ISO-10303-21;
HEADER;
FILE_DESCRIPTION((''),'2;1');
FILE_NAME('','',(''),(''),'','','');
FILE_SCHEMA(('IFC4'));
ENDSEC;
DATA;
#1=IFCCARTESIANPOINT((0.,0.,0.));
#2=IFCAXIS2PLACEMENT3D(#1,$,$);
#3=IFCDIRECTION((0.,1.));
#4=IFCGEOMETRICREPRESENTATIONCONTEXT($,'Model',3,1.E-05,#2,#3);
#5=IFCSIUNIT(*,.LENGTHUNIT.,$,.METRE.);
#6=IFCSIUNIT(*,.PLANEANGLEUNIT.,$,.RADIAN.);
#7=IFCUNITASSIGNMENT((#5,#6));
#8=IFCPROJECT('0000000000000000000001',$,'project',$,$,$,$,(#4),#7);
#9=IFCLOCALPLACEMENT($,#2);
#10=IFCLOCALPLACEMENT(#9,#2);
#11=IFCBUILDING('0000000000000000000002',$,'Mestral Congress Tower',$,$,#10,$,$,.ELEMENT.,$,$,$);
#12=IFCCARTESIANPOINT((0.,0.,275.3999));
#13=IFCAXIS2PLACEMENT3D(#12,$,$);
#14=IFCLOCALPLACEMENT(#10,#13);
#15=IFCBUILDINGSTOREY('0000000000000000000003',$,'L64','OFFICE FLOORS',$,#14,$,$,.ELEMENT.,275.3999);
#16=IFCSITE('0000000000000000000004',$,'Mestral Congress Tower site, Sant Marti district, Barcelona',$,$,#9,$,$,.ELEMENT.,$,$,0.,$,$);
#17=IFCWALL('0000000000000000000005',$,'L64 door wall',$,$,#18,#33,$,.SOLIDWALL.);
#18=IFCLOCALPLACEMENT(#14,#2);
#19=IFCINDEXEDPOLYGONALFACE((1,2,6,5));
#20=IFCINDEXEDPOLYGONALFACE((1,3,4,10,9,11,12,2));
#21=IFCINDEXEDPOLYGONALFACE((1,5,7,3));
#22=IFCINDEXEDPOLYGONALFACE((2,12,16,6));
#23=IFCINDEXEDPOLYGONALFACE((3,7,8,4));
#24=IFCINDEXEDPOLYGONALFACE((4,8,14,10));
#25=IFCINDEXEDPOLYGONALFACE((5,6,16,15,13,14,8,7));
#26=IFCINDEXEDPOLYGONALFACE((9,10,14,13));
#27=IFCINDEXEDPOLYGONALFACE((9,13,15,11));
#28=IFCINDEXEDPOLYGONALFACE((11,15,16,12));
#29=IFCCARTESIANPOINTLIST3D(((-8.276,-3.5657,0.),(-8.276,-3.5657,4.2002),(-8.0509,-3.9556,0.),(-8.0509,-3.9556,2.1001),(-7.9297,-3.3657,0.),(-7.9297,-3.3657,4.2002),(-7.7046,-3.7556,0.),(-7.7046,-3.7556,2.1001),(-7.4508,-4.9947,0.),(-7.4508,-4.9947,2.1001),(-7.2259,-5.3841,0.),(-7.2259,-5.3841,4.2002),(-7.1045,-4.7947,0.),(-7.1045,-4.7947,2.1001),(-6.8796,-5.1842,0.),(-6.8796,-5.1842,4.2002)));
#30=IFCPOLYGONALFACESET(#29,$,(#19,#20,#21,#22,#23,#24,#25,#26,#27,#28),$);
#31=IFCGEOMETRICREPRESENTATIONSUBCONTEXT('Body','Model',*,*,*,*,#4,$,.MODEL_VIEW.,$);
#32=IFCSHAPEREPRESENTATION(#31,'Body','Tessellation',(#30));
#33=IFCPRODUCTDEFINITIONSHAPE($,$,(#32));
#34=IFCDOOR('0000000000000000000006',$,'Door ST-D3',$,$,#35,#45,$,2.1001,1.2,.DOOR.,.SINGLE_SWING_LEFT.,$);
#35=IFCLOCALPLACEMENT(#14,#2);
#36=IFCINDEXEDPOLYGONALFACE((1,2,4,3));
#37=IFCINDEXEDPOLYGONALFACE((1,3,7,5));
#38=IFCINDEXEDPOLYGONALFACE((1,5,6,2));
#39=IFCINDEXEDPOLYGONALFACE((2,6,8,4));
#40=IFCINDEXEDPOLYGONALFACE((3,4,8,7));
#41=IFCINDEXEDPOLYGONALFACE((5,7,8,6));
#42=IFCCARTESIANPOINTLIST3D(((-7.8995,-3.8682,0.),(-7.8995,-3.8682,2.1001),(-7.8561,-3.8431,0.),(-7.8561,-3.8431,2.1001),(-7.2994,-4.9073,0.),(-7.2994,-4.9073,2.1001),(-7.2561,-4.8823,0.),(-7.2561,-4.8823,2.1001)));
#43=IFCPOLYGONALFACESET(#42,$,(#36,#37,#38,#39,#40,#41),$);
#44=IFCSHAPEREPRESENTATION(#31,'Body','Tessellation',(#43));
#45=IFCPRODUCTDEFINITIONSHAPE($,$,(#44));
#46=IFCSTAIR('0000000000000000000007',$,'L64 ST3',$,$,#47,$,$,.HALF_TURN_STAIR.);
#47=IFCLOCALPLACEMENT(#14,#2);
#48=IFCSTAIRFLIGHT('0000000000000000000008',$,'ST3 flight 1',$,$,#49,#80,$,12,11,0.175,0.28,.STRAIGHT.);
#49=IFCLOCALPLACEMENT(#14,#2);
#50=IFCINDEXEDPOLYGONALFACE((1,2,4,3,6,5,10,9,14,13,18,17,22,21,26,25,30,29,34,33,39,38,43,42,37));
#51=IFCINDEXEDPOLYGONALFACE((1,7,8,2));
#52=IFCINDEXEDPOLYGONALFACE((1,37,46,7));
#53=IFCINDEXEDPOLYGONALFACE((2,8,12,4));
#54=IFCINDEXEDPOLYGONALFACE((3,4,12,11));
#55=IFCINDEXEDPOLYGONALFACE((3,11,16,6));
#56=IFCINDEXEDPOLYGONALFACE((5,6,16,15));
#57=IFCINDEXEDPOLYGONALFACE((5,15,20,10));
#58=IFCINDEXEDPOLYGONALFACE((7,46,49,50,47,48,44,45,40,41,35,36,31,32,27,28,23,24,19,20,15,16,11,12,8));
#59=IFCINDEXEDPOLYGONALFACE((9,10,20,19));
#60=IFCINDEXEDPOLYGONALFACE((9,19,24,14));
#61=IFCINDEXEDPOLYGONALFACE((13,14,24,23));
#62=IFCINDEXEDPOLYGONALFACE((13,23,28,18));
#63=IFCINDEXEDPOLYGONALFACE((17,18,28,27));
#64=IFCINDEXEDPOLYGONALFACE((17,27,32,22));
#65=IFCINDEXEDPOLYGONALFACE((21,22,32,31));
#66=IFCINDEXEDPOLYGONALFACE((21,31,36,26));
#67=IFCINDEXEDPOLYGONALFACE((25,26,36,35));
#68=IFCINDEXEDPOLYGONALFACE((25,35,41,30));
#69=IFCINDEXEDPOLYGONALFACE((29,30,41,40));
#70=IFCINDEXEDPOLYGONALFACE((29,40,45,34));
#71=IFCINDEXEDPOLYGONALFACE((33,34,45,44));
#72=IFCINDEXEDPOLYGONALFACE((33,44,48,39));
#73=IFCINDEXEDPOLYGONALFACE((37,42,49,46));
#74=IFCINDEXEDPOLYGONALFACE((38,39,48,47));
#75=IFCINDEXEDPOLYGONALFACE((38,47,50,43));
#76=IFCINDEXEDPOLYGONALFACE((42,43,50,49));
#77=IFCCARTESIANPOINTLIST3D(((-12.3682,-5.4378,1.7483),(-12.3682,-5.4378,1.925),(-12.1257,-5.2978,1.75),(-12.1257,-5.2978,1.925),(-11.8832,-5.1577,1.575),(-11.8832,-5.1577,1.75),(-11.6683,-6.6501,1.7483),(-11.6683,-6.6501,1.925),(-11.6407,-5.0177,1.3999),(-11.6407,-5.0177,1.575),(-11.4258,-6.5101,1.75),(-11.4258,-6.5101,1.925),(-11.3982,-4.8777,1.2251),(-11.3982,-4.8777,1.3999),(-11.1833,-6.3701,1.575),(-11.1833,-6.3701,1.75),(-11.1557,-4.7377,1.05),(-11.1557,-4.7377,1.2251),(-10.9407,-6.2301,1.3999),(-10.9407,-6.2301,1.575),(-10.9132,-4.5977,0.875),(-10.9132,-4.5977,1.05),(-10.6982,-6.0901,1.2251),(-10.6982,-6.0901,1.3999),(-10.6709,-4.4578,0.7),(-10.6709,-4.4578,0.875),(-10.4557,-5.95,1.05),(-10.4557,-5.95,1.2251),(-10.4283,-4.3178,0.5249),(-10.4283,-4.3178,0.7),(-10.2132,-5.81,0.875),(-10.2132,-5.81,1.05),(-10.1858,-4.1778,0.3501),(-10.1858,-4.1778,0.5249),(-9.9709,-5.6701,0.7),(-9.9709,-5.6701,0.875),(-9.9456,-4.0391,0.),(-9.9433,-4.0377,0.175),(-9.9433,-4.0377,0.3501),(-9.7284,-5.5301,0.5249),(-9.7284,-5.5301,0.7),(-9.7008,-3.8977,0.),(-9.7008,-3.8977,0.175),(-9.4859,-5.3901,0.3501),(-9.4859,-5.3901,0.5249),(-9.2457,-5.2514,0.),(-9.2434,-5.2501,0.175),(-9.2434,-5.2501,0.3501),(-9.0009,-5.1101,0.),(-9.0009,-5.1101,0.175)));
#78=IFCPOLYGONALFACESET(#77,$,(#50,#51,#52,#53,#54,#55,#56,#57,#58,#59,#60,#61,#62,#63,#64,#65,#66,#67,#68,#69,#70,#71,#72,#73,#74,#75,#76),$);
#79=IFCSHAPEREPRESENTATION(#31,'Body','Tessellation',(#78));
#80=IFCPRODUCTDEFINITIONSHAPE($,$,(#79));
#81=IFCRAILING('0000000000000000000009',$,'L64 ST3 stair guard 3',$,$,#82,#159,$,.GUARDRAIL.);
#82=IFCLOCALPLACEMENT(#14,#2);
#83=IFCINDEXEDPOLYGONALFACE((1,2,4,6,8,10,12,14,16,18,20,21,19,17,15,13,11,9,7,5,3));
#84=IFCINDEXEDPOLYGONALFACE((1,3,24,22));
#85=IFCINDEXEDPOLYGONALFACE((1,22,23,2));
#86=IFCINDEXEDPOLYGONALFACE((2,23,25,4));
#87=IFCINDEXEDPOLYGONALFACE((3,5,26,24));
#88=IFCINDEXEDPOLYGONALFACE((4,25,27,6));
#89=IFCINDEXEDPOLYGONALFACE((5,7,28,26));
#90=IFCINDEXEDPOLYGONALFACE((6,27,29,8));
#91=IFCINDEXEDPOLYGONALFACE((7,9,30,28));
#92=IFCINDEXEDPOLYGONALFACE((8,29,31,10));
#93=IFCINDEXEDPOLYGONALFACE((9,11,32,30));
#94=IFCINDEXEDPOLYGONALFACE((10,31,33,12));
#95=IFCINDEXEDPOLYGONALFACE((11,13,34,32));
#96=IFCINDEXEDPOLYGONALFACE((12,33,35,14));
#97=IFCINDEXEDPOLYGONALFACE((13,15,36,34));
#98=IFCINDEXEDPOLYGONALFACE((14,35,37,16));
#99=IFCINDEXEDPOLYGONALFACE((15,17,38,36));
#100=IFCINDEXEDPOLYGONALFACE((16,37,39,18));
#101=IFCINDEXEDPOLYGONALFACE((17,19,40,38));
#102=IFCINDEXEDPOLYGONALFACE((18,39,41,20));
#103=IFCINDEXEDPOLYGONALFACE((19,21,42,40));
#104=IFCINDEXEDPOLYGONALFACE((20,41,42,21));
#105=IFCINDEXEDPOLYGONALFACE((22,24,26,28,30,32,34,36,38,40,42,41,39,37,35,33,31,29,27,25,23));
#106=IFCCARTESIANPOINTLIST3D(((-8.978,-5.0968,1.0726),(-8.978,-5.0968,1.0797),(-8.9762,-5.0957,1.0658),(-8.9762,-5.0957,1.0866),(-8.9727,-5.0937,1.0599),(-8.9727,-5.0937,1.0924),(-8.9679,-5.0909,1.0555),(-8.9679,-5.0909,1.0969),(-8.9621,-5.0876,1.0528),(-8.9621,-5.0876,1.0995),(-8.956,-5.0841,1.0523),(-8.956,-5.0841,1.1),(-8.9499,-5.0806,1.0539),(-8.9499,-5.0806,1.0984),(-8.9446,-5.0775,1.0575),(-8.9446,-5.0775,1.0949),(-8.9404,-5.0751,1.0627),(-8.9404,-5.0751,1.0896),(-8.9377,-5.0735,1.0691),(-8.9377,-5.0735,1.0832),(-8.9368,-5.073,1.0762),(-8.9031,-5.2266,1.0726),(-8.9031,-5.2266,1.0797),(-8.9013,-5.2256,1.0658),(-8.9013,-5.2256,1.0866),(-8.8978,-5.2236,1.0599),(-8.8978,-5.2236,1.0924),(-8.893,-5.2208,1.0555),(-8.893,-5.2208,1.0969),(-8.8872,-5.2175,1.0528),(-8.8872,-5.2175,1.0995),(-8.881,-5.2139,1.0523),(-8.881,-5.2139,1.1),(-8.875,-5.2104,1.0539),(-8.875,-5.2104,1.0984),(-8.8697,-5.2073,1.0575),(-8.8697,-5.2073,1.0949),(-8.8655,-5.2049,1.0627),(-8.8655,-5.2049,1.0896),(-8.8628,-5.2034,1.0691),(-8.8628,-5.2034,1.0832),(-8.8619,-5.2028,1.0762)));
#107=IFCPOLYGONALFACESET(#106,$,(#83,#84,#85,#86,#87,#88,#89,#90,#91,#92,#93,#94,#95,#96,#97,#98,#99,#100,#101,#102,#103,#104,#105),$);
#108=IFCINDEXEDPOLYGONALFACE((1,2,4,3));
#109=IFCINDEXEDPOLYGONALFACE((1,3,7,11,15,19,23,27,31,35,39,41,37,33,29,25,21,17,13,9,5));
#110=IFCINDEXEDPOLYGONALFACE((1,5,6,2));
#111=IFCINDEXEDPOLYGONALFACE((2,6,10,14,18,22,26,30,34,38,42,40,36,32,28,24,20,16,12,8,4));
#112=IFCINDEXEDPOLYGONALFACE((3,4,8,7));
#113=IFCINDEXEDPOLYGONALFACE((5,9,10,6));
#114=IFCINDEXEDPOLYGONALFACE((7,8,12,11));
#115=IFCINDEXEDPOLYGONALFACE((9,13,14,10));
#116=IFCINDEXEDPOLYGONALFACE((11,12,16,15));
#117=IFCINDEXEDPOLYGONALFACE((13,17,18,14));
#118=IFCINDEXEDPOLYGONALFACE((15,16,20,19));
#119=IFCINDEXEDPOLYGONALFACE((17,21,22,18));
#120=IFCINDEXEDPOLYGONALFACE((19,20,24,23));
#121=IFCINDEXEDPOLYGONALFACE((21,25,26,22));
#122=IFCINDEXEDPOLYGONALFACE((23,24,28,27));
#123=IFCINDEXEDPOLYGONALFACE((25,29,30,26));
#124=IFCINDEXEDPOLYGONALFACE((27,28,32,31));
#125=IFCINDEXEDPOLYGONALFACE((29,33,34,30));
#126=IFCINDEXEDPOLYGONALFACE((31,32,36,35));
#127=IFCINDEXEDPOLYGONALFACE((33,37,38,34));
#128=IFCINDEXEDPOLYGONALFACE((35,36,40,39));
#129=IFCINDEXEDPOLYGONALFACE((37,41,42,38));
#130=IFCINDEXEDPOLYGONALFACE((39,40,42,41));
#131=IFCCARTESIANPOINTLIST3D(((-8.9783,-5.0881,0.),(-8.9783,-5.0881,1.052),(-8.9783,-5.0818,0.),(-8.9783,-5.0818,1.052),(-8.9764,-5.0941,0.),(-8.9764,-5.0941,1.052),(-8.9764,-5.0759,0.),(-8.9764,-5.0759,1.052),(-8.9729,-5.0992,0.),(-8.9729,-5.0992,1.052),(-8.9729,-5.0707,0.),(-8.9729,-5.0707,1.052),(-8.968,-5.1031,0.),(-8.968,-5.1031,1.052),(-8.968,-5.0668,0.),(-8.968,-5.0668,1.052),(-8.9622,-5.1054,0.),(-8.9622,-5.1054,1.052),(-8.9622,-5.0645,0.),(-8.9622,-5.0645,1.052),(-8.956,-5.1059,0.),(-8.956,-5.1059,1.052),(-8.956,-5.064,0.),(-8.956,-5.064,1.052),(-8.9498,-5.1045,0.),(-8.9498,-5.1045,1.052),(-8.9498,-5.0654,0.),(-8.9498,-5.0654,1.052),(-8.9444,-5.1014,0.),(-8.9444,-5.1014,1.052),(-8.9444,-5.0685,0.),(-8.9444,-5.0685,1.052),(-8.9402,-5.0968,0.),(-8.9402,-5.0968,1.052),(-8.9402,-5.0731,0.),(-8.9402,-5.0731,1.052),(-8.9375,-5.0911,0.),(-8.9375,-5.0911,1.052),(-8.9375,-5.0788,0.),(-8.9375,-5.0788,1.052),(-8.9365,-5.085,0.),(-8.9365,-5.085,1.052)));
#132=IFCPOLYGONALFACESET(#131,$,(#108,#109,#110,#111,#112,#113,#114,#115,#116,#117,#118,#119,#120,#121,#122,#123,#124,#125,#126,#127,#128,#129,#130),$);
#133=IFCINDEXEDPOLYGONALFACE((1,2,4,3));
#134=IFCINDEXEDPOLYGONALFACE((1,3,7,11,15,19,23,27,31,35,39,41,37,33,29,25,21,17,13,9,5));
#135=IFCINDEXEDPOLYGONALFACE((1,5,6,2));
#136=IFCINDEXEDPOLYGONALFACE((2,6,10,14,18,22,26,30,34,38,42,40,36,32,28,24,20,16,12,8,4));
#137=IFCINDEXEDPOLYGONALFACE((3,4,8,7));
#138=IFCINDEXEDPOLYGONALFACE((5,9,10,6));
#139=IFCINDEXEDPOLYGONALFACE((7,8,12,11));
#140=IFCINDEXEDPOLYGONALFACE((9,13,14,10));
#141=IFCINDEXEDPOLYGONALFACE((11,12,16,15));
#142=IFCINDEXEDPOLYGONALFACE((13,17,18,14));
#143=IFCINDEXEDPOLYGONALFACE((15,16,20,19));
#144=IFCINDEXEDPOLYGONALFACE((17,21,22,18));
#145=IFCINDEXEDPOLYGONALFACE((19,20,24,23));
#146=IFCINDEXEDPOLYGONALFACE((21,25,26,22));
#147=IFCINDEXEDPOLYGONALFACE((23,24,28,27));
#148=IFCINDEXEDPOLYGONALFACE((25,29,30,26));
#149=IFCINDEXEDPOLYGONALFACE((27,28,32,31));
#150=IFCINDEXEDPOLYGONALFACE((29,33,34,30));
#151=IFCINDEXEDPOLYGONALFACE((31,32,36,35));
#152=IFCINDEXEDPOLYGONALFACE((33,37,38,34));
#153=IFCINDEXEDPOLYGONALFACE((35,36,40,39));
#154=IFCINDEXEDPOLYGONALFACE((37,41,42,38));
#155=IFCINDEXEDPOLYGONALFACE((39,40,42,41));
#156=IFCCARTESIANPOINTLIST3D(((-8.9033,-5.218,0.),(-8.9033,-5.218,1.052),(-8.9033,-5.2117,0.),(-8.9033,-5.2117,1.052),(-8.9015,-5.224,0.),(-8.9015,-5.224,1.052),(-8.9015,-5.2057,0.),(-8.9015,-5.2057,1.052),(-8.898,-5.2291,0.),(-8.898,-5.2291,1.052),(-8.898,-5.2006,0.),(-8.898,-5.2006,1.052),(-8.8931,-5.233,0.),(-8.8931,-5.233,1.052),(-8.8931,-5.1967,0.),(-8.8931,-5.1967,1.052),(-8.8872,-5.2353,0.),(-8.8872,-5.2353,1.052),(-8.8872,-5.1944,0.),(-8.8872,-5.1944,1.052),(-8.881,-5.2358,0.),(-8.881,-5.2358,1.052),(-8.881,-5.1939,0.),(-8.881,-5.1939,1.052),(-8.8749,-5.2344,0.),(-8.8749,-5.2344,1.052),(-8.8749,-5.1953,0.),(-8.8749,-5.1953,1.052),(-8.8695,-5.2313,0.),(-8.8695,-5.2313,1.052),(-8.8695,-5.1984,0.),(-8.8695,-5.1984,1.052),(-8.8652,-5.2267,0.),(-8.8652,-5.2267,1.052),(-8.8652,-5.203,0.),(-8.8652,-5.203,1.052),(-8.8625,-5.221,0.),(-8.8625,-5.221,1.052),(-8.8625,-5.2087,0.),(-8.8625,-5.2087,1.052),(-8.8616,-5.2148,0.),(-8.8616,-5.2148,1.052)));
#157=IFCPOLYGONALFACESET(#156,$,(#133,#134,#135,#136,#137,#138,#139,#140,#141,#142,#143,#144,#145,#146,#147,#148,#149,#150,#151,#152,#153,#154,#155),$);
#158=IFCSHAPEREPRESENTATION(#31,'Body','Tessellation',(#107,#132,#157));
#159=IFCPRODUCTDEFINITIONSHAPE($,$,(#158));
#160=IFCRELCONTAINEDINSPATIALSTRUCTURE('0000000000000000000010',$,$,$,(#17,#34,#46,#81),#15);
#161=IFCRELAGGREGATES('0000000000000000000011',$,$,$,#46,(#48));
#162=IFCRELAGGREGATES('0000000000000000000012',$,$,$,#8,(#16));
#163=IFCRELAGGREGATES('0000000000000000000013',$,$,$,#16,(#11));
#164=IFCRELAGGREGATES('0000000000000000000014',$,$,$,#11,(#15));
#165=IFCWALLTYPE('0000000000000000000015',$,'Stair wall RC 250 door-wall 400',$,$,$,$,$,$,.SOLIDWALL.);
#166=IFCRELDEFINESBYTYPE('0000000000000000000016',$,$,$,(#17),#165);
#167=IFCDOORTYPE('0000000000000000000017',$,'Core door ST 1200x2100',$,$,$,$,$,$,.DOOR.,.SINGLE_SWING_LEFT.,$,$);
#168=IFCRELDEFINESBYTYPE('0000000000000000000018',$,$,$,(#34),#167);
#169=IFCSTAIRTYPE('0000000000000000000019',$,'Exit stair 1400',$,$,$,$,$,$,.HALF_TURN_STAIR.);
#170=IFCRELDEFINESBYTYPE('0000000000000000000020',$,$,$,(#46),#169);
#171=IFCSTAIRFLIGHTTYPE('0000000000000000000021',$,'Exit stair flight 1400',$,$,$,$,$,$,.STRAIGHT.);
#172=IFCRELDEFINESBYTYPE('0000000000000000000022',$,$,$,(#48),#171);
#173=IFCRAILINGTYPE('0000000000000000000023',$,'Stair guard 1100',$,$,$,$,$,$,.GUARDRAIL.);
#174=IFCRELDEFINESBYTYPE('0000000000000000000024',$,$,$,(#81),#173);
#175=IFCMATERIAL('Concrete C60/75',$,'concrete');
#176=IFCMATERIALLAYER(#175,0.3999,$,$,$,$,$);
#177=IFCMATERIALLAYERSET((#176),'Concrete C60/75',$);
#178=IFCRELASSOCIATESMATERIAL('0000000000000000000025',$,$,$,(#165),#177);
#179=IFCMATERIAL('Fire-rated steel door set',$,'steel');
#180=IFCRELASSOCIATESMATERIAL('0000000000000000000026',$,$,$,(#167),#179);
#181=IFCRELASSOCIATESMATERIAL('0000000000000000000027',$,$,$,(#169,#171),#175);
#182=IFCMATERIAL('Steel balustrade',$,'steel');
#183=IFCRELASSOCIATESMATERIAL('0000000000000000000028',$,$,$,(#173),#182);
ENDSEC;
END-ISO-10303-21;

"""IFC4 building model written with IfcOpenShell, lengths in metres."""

from ifc_helpers import new_model, si_unit, direction, frame, frame_2d, origin, origin_2d, place, context, subcontext, project, spatial, polyline, rectangle, circle, outline, extrude, material, layer, layer_set, type_object, element, fill, aggregate, save


model = new_model("IFC4")

# Units and contexts
model_context = context("Model", 3, precision=1e-05, world=origin(), true_north=direction((0.0, 1.0)))
body_context = subcontext(model_context, "Body", "Model", "MODEL_VIEW")
ifc_project = project(units=[si_unit("LENGTHUNIT", "METRE"), si_unit("PLANEANGLEUNIT", "RADIAN")], contexts=[model_context])

# Site, building, storey
site_placement = place(None, origin())
site = spatial("IfcSite", under=ifc_project, at=site_placement, Name="Mestral Congress Tower site, Sant Marti district, Barcelona", CompositionType="ELEMENT", RefElevation=0.0)
building_placement = place(site_placement, origin())
building = spatial("IfcBuilding", under=site, at=building_placement, Name="Mestral Congress Tower", CompositionType="ELEMENT")
storey_placement = place(building_placement, frame((0.0, 0.0, 275.3999)))
storey = spatial("IfcBuildingStorey", under=building, at=storey_placement, Name="L64", Description="OFFICE FLOORS", CompositionType="ELEMENT", Elevation=275.3999)

# Shared definitions
ifc_material_1 = material(Name="Fire-rated steel door set", Category="steel")

# Shared definitions
ifc_material_2 = material(Name="Concrete C60/75", Category="concrete")

# Wall, opening, door
ifc_layer_1 = layer(ifc_material_2, 0.3999)
ifc_layer_set_1 = layer_set([ifc_layer_1], Name="Concrete C60/75")
wall_type_1 = type_object("IfcWallType", Name="Stair wall RC 250 door-wall 400", PredefinedType="SOLIDWALL", material=ifc_layer_set_1)
wall_1_placement = place(storey_placement, frame((-8.1028, -3.4658, 0.0), z_axis=(0.0, 0.0, 1.0), x_axis=(0.500078, -0.86598, 0.0)))
wall_1 = element("IfcWall", 1, at=wall_1_placement, inside=storey, type_object=wall_type_1, Name="L64 door wall", PredefinedType="SOLIDWALL", context=body_context, shape_type="SweptSolid", body=[
    extrude(rectangle(XDim=2.0999, YDim=0.3999, at=frame_2d((1.0498, 0.0))), origin(), (0.0, 0.0, 1.0), 4.2002),
])
opening_1_placement = place(wall_1_placement, frame((0.45, 0.0, 0.0)))
opening_1 = element("IfcOpeningElement", 2, at=opening_1_placement, cuts=wall_1, PredefinedType="OPENING", context=body_context, shape_type="SweptSolid", body=[
    extrude(rectangle(XDim=1.2, YDim=2.1001, at=frame_2d((0.6001, 1.05))), frame((0.0, 0.21, 0.0), z_axis=(0.0, -1.0, 0.0), x_axis=(1.0, 0.0, 0.0)), (0.0, 0.0, 1.0), 0.4199),
])
door_type_1 = type_object("IfcDoorType", Name="Core door ST 1200x2100", OperationType="SINGLE_SWING_LEFT", PredefinedType="DOOR", material=ifc_material_1)
door_1_placement = place(opening_1_placement, origin())
door_1 = element("IfcDoor", 3, at=door_1_placement, inside=storey, type_object=door_type_1, Name="Door ST-D3", OperationType="SINGLE_SWING_LEFT", OverallHeight=2.1001, OverallWidth=1.2, PredefinedType="DOOR", context=body_context, shape_type="SweptSolid", body=[
    extrude(rectangle(XDim=1.2, YDim=2.1001, at=frame_2d((0.6001, 1.05))), frame((0.0, 0.0249, 0.0), z_axis=(0.0, -1.0, 0.0), x_axis=(1.0, 0.0, 0.0)), (0.0, 0.0, 1.0), 0.05),
])
fill(opening_1, door_1)

# Stair, stair flight
stair_type = type_object("IfcStairType", Name="Exit stair 1400", PredefinedType="HALF_TURN_STAIR", material=ifc_material_2)
stair_placement = place(storey_placement, origin())
stair = element("IfcStair", 4, at=stair_placement, inside=storey, type_object=stair_type, Name="L64 ST3", PredefinedType="HALF_TURN_STAIR")
stair_flight_type = type_object("IfcStairFlightType", Name="Exit stair flight 1400", PredefinedType="STRAIGHT", material=ifc_material_2)
stair_flight_placement = place(storey_placement, frame((-9.3508, -4.5039, 0.0), z_axis=(0.0, 0.0, 1.0), x_axis=(-0.866025, -0.5, 0.0)))
stair_flight = element("IfcStairFlight", 5, at=stair_flight_placement, type_object=stair_flight_type, Name="ST3 flight 1", NumberOfRisers=12, NumberOfTreads=11, PredefinedType="STRAIGHT", RiserHeight=0.175, TreadLength=0.28, context=body_context, shape_type="SweptSolid", body=[
    extrude(outline(polyline([(0.0, 0.0), (0.0, 0.175), (0.28, 0.175), (0.28, 0.3501), (0.5601, 0.3501), (0.5601, 0.5249), (0.8401, 0.5249), (0.8401, 0.7), (1.1201, 0.7), (1.1201, 0.875), (1.3999, 0.875), (1.3999, 1.05), (1.6799, 1.05), (1.6799, 1.2251), (1.96, 1.2251), (1.96, 1.3999), (2.24, 1.3999), (2.24, 1.575), (2.52, 1.575), (2.52, 1.75), (2.8, 1.75), (2.8, 1.925), (3.0801, 1.925), (3.0801, 2.1001), (3.0801, 1.7483), (0.2827, 0.0), (0.0, 0.0)])), frame((0.0, 0.7, 0.0), z_axis=(0.0, -1.0, 0.0), x_axis=(1.0, 0.0, 0.0)), (0.0, 0.0, 1.0), 1.3999),
])
aggregate(stair, [stair_flight])

# Railing
ifc_material_3 = material(Name="Steel balustrade", Category="steel")
railing_type_1 = type_object("IfcRailingType", Name="Stair guard 1100", PredefinedType="GUARDRAIL", material=ifc_material_3)
railing_1_placement = place(storey_placement, frame((-8.9575, -5.085, 0.0)))
element("IfcRailing", 6, at=railing_1_placement, inside=storey, type_object=railing_type_1, Name="L64 ST3 stair guard 3", PredefinedType="GUARDRAIL", context=body_context, shape_type="SweptSolid", body=[
    extrude(circle(Radius=0.0239, at=origin_2d()), frame((0.0, 0.0, 1.0762), z_axis=(0.499816, -0.866131, 0.0), x_axis=(0.866131, 0.499816, 0.0)), (0.0, 0.0, 1.0), 0.1499),
    extrude(circle(Radius=0.021, at=origin_2d()), origin(), (0.0, 0.0, 1.0), 1.052),
    extrude(circle(Radius=0.021, at=origin_2d()), frame((0.075, -0.1299, 0.0)), (0.0, 0.0, 1.0), 1.052),
])

save(model, "model.ifc")
